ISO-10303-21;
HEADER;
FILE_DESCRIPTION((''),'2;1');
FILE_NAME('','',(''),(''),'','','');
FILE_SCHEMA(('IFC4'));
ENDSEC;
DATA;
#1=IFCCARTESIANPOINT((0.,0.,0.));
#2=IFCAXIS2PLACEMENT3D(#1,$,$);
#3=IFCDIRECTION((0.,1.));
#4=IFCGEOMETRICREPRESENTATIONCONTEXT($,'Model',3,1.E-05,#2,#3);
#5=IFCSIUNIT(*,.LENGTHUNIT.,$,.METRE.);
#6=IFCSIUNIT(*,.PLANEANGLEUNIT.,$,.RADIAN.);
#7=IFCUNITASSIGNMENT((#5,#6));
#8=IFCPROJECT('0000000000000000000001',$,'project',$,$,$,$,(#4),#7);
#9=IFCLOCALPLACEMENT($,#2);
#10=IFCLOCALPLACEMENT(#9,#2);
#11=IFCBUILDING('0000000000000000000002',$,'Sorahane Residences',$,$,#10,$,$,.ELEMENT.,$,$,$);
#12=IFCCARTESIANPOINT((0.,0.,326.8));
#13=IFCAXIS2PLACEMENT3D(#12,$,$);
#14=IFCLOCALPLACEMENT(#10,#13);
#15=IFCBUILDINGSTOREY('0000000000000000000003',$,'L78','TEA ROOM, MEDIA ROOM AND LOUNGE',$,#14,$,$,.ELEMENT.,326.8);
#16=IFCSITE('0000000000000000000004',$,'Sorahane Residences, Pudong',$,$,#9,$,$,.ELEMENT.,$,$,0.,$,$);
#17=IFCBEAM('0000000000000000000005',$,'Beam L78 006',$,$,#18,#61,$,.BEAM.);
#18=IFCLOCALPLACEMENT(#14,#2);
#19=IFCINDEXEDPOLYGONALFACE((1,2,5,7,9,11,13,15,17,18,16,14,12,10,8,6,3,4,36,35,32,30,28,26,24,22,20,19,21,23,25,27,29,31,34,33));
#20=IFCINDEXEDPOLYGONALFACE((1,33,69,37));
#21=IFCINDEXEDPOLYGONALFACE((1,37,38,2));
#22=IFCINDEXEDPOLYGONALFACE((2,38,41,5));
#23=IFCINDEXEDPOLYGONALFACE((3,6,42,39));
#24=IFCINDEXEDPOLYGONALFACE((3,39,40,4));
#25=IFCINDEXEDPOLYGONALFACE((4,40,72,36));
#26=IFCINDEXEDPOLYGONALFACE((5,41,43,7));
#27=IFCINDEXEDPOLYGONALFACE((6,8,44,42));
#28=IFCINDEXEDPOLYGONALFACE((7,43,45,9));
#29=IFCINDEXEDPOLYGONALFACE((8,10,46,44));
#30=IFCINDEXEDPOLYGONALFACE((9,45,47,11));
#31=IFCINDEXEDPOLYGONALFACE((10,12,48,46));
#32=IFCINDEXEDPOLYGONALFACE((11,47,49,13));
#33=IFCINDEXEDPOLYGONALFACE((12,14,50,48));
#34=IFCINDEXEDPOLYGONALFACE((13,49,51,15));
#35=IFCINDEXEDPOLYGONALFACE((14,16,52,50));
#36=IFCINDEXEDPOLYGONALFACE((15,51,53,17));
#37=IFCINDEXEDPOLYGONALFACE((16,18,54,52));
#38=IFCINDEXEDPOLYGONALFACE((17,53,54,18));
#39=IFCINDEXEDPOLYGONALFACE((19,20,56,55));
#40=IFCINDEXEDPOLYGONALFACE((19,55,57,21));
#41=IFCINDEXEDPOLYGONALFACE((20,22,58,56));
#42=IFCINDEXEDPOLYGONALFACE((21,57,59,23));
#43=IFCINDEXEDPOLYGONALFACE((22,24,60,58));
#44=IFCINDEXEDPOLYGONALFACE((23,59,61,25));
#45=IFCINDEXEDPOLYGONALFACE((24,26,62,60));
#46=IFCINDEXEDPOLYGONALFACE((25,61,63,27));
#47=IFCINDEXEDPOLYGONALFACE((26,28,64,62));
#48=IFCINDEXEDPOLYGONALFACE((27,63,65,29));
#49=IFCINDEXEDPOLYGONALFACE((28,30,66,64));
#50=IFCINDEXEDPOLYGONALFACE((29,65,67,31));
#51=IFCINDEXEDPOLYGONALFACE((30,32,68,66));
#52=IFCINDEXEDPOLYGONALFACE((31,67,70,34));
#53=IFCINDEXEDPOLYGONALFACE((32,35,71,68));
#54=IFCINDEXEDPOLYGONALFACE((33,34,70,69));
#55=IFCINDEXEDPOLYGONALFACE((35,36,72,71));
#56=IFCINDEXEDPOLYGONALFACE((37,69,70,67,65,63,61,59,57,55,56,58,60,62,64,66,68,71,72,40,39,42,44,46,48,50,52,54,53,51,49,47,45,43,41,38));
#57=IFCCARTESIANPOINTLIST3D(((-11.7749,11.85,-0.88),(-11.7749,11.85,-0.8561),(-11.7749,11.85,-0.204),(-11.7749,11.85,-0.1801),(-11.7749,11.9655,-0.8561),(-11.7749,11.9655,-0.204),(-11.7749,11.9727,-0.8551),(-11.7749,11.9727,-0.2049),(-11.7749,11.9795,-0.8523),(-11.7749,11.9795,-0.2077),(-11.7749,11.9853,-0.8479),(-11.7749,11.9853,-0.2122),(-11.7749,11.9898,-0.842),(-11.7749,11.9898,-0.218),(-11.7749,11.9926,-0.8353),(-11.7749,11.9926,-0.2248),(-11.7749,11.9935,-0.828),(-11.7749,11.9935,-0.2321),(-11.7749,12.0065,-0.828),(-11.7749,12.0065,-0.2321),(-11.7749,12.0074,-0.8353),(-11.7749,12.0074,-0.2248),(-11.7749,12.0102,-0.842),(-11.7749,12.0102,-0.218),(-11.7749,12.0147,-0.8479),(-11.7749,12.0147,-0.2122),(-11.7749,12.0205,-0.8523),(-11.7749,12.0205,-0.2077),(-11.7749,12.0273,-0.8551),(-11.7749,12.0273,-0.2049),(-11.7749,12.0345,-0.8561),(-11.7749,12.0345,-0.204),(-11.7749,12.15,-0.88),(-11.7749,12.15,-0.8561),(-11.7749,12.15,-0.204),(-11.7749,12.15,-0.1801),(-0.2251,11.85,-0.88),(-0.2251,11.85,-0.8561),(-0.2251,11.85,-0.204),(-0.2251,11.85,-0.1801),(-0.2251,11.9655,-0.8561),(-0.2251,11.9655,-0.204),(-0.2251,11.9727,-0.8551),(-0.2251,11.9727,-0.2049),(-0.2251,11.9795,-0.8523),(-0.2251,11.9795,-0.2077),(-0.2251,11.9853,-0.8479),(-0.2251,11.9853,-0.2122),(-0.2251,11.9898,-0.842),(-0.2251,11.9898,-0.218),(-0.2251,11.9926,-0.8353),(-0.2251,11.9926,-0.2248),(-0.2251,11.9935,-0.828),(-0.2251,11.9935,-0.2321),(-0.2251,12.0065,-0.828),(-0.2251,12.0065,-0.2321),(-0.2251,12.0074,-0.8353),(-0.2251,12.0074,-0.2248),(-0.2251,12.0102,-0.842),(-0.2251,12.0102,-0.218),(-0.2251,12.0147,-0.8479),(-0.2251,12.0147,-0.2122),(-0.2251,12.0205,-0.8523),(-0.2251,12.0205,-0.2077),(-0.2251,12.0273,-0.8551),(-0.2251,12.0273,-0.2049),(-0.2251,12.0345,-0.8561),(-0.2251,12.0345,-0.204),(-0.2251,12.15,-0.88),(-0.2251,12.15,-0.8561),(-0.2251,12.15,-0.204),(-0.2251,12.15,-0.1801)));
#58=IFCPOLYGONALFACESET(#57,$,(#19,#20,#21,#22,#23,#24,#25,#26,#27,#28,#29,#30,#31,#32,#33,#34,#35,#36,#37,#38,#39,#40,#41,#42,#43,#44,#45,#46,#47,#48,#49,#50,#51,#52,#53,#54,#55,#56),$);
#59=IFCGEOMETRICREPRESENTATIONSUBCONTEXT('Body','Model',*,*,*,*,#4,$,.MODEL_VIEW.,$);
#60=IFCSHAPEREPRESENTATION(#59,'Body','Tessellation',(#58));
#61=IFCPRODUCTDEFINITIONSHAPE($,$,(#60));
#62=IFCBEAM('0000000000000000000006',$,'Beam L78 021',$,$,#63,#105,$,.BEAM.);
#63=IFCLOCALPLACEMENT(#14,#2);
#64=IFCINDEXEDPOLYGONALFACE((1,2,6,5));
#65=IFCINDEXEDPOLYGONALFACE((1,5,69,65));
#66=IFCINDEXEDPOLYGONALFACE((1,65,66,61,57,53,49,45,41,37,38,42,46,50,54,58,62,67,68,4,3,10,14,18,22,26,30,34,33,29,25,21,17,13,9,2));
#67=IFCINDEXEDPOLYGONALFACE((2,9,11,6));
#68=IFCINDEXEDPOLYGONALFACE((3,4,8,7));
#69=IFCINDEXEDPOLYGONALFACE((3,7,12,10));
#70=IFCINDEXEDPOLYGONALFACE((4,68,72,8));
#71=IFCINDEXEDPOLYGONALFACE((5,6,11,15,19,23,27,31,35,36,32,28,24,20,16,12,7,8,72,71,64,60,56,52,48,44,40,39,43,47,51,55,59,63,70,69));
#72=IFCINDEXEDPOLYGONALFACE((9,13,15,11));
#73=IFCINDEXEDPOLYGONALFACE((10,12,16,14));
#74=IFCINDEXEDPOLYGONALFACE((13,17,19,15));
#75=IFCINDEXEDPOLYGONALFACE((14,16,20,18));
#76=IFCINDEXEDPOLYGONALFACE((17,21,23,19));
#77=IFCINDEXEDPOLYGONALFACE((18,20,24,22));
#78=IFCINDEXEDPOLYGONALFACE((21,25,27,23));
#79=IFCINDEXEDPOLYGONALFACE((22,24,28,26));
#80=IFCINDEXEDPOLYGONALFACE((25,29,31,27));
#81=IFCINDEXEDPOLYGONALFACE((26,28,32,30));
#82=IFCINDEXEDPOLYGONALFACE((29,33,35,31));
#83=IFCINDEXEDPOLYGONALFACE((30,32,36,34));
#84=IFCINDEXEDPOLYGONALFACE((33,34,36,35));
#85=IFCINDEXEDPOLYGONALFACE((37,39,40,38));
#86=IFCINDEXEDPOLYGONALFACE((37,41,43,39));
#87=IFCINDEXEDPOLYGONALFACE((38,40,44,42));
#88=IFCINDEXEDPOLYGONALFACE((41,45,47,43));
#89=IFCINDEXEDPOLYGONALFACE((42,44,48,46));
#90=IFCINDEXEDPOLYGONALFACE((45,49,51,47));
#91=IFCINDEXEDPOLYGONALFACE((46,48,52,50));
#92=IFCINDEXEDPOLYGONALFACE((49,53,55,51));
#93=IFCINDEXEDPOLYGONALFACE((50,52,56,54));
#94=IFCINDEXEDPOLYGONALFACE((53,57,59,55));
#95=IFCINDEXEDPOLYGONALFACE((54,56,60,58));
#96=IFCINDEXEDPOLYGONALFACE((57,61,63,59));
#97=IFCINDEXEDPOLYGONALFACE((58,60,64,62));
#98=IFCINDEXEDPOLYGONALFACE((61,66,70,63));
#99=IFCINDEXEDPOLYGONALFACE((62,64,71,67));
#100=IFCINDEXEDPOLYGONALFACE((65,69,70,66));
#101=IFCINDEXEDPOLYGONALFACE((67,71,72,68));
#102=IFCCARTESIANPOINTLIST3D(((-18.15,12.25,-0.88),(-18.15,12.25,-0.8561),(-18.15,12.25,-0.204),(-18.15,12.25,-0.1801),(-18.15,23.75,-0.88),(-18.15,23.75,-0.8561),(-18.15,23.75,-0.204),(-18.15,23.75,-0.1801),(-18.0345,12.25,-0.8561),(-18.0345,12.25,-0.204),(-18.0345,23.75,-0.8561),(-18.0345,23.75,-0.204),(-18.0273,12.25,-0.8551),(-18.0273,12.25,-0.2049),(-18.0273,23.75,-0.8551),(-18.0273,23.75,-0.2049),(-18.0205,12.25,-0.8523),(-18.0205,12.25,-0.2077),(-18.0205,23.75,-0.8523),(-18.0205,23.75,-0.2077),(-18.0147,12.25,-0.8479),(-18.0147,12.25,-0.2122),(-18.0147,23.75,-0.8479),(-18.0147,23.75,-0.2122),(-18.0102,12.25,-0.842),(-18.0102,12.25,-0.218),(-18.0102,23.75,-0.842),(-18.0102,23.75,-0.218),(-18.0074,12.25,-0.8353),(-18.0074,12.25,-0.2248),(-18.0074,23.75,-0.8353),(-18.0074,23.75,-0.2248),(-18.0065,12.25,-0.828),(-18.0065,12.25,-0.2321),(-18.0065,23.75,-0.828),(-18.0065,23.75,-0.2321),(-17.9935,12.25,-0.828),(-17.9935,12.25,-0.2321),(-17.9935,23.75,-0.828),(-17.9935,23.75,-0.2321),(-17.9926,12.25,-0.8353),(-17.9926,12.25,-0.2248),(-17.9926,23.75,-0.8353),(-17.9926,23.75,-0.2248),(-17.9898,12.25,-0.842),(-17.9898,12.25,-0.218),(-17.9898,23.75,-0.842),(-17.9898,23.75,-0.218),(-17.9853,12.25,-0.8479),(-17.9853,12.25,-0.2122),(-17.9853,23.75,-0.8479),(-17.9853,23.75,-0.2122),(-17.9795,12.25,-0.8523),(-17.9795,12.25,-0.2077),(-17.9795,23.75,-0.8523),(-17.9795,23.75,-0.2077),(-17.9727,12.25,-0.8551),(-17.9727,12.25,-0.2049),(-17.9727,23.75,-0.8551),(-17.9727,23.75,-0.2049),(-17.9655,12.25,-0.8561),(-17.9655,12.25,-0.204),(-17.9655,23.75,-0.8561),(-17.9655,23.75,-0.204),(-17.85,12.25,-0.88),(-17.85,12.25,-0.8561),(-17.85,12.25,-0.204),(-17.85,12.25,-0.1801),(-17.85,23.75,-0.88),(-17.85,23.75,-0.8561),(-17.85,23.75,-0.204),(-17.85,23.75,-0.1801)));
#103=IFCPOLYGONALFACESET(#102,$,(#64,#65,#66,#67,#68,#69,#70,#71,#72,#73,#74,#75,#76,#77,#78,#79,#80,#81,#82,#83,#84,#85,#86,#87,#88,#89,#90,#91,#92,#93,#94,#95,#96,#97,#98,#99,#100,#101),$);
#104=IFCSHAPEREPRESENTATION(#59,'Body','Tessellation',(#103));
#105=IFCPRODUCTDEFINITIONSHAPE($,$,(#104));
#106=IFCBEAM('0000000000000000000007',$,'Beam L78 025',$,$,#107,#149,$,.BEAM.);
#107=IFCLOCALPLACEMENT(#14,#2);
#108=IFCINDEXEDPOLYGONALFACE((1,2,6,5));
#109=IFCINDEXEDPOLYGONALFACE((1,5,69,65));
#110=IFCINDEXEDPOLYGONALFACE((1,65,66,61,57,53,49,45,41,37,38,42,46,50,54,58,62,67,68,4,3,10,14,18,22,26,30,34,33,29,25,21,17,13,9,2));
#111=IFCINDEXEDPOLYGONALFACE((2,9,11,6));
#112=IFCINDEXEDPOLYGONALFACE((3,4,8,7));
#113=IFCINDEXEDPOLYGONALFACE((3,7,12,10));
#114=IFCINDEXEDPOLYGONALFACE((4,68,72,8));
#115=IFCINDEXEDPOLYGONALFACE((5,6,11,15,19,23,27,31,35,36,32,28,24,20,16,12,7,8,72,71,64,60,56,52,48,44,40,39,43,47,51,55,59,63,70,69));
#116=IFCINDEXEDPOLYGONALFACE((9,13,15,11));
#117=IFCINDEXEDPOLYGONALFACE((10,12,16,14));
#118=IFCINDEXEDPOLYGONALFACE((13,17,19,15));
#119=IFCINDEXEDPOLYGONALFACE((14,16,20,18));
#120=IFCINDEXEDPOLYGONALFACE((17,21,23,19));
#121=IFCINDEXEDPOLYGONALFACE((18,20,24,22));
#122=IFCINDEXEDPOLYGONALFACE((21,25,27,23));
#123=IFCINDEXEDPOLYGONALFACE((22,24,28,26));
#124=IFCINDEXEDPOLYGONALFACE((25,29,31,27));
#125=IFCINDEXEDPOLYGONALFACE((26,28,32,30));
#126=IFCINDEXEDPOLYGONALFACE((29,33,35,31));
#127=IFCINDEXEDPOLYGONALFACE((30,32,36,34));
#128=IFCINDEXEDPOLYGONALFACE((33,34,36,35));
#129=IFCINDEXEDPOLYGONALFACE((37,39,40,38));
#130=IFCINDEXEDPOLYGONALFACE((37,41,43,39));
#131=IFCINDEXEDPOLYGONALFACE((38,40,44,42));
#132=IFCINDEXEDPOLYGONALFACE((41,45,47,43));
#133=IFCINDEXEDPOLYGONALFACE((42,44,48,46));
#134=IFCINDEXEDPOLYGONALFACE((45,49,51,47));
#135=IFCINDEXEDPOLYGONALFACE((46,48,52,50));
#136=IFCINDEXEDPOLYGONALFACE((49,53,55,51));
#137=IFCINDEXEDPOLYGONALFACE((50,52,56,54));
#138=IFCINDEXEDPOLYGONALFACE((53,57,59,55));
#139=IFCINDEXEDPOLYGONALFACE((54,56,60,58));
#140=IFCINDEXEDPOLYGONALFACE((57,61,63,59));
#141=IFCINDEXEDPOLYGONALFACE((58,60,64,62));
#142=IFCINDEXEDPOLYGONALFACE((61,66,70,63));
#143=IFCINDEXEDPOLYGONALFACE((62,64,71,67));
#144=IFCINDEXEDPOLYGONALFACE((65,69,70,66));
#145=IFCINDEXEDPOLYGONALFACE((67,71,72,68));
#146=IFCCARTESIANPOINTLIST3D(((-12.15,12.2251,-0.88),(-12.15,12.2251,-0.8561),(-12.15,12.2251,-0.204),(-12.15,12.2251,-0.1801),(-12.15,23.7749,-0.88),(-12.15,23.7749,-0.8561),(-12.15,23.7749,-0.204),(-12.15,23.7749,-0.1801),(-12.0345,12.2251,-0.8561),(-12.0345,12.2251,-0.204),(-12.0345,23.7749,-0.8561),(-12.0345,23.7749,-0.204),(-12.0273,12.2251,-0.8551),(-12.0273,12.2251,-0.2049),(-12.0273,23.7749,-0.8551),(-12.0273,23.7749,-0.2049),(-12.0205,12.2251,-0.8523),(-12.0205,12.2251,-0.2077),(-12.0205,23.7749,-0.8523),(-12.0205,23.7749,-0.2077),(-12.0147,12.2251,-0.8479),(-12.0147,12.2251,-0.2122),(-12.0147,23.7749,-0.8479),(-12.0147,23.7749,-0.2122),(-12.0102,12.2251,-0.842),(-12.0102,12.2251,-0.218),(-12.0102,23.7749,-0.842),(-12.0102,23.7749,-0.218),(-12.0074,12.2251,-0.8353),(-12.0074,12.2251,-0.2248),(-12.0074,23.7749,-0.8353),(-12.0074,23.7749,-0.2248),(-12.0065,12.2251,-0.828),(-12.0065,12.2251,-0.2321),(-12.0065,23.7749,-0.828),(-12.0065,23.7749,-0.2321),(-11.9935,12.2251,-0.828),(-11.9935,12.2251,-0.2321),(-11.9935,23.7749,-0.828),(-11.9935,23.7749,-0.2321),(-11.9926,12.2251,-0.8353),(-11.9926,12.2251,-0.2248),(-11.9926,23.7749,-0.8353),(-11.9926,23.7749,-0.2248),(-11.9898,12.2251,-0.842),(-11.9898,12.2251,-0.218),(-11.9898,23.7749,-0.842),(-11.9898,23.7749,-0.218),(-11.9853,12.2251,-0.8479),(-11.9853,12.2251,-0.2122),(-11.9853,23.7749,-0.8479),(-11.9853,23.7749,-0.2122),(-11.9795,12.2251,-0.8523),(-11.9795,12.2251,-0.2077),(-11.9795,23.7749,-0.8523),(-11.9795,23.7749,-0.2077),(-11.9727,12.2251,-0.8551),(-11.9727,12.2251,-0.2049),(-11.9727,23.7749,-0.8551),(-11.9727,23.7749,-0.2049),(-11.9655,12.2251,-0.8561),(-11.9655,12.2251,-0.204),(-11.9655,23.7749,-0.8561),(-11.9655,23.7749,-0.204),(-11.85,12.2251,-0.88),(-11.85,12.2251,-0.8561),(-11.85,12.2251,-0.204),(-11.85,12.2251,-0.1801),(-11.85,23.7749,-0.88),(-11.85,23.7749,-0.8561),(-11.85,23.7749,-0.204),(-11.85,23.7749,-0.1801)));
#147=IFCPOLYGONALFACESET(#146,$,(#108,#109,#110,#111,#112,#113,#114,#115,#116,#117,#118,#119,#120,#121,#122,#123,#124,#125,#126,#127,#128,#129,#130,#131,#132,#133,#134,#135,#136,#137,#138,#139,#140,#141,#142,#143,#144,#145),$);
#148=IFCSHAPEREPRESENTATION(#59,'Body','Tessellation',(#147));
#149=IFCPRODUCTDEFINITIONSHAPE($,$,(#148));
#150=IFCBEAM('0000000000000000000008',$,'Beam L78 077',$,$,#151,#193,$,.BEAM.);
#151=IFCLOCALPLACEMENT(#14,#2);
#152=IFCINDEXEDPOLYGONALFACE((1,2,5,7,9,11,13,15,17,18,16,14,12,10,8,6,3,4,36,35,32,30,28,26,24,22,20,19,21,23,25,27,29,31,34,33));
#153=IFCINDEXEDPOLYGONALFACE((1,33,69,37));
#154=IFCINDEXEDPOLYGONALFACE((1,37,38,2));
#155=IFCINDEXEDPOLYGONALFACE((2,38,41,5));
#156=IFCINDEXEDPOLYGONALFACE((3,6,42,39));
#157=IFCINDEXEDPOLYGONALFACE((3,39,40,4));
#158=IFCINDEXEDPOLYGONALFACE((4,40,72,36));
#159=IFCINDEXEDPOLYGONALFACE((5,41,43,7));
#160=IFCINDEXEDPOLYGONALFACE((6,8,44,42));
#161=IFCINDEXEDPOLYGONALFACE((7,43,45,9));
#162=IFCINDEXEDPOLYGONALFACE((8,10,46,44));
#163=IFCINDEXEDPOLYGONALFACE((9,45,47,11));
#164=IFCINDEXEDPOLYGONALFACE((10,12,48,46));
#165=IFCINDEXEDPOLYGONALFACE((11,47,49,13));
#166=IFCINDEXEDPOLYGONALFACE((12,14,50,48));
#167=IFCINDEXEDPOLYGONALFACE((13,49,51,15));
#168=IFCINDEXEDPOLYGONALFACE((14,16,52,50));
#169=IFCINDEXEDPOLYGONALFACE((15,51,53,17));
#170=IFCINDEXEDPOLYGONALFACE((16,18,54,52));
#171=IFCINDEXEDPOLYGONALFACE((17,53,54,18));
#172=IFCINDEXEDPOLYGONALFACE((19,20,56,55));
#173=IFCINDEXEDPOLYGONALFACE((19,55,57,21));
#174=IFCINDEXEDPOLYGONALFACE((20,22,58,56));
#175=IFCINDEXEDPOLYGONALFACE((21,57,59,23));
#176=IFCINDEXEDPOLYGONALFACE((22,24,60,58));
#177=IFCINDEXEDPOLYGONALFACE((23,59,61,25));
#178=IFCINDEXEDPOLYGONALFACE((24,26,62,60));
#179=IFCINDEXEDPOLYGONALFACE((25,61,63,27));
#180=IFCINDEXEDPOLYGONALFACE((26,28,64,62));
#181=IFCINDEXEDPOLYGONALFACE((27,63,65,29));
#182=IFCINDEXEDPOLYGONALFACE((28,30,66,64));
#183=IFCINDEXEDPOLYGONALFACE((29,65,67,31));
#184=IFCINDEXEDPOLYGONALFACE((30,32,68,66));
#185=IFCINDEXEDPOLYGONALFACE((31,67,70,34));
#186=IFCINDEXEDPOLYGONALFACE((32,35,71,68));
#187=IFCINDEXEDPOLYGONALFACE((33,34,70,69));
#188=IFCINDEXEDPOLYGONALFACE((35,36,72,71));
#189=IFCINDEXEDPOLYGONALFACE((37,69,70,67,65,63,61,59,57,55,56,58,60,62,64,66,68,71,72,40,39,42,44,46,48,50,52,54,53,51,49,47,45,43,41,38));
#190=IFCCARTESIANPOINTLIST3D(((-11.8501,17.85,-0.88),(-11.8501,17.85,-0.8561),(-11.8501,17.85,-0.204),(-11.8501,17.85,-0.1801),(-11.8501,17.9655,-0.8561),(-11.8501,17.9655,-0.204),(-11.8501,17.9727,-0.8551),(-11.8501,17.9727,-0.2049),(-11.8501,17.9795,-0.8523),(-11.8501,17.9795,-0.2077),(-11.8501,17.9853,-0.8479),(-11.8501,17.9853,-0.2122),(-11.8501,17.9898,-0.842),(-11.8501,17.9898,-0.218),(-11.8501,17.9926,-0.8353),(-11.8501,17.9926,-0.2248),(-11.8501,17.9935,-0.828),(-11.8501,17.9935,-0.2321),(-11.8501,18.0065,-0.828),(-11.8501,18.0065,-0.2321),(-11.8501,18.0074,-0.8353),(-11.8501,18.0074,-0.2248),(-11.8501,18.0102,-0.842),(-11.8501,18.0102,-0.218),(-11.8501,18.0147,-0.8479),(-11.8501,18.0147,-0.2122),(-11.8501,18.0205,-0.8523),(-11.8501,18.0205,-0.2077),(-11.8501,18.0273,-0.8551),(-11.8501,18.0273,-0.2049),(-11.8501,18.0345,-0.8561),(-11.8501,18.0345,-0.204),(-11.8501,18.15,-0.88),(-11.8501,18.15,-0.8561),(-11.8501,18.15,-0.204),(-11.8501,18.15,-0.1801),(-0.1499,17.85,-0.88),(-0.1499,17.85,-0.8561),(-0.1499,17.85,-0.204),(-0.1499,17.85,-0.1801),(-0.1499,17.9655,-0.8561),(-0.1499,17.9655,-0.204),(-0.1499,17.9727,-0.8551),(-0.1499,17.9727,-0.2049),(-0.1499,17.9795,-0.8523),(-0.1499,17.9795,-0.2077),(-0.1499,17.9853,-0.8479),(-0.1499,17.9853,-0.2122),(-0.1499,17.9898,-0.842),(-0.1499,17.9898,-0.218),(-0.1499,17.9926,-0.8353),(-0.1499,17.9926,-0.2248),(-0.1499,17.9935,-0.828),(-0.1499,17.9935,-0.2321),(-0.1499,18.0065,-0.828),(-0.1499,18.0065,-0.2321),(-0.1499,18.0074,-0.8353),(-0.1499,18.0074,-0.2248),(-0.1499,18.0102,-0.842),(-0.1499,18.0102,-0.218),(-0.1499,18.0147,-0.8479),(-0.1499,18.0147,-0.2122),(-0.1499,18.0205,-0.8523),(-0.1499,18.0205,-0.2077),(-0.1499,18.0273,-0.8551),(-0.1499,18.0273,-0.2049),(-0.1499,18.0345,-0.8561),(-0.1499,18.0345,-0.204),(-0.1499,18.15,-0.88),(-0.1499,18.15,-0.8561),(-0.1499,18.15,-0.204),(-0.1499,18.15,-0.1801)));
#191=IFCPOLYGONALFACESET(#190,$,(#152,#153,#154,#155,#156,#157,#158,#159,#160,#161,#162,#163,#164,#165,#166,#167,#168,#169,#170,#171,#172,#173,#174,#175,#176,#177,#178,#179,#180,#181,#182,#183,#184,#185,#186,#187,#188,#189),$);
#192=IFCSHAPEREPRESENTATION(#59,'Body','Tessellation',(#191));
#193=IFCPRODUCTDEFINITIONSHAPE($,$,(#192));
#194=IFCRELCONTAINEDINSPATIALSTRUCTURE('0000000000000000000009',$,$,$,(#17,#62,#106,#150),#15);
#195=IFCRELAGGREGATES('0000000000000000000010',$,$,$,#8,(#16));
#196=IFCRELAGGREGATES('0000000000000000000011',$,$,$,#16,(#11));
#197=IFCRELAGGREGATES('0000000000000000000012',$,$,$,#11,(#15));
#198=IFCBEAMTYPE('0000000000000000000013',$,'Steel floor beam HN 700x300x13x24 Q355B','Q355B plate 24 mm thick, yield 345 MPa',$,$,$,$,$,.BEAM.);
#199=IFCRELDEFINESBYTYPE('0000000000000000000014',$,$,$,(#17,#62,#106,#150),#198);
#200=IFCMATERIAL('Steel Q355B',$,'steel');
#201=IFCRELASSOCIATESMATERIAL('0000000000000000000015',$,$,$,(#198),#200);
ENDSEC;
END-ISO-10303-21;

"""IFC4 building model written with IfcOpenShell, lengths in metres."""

from ifc_helpers import new_model, si_unit, direction, frame, origin, origin_2d, place, context, subcontext, project, spatial, i_section, extrude, material, material_profile, profile_set, type_object, element, save


model = new_model("IFC4")

# Units and contexts
model_context = context("Model", 3, precision=1e-05, world=origin(), true_north=direction((0.0, 1.0)))
body_context = subcontext(model_context, "Body", "Model", "MODEL_VIEW")
ifc_project = project(units=[si_unit("LENGTHUNIT", "METRE"), si_unit("PLANEANGLEUNIT", "RADIAN")], contexts=[model_context])

# Site, building, storey
site_placement = place(None, origin())
site = spatial("IfcSite", under=ifc_project, at=site_placement, Name="Sorahane Residences, Pudong", CompositionType="ELEMENT", RefElevation=0.0)
building_placement = place(site_placement, origin())
building = spatial("IfcBuilding", under=site, at=building_placement, Name="Sorahane Residences", CompositionType="ELEMENT")
storey_placement = place(building_placement, frame((0.0, 0.0, 326.8)))
storey = spatial("IfcBuildingStorey", under=building, at=storey_placement, Name="L78", Description="TEA ROOM, MEDIA ROOM AND LOUNGE", CompositionType="ELEMENT", Elevation=326.8)

# Beams
ifc_material_1 = material(Name="Steel Q355B", Category="steel")
ifc_material_profile_1 = material_profile(ifc_material_1, i_section(OverallWidth=0.3, OverallDepth=0.7, WebThickness=0.0129, FlangeThickness=0.0239, FilletRadius=0.0281, at=origin_2d()), Name="HN 700x300x13x24")
ifc_profile_set_1 = profile_set([ifc_material_profile_1], Name="Steel Q355B")
beam_type_1 = type_object("IfcBeamType", Name="Steel floor beam HN 700x300x13x24 Q355B", Description="Q355B plate 24 mm thick, yield 345 MPa", PredefinedType="BEAM", material=ifc_profile_set_1)
beam_1_placement = place(storey_placement, frame((-11.7749, 12.0, -0.53), z_axis=(1.0, 0.0, 0.0), x_axis=(0.0, 1.0, 0.0)))
element("IfcBeam", 1, at=beam_1_placement, inside=storey, type_object=beam_type_1, Name="Beam L78 006", PredefinedType="BEAM", context=body_context, shape_type="SweptSolid", body=[
    extrude(i_section(OverallWidth=0.3, OverallDepth=0.7, WebThickness=0.0129, FlangeThickness=0.0239, FilletRadius=0.0281, at=origin_2d()), origin(), (0.0, 0.0, 1.0), 11.5498),
])
beam_2_placement = place(storey_placement, frame((-18.0, 12.25, -0.53), z_axis=(0.0, 1.0, 0.0), x_axis=(-1.0, 0.0, 0.0)))
element("IfcBeam", 2, at=beam_2_placement, inside=storey, type_object=beam_type_1, Name="Beam L78 021", PredefinedType="BEAM", context=body_context, shape_type="SweptSolid", body=[
    extrude(i_section(OverallWidth=0.3, OverallDepth=0.7, WebThickness=0.0129, FlangeThickness=0.0239, FilletRadius=0.0281, at=origin_2d()), origin(), (0.0, 0.0, 1.0), 11.5),
])
beam_3_placement = place(storey_placement, frame((-12.0, 12.2251, -0.53), z_axis=(0.0, 1.0, 0.0), x_axis=(-1.0, 0.0, 0.0)))
element("IfcBeam", 3, at=beam_3_placement, inside=storey, type_object=beam_type_1, Name="Beam L78 025", PredefinedType="BEAM", context=body_context, shape_type="SweptSolid", body=[
    extrude(i_section(OverallWidth=0.3, OverallDepth=0.7, WebThickness=0.0129, FlangeThickness=0.0239, FilletRadius=0.0281, at=origin_2d()), origin(), (0.0, 0.0, 1.0), 11.5498),
])
beam_4_placement = place(storey_placement, frame((-11.8501, 18.0, -0.53), z_axis=(1.0, 0.0, 0.0), x_axis=(0.0, 1.0, 0.0)))
element("IfcBeam", 4, at=beam_4_placement, inside=storey, type_object=beam_type_1, Name="Beam L78 077", PredefinedType="BEAM", context=body_context, shape_type="SweptSolid", body=[
    extrude(i_section(OverallWidth=0.3, OverallDepth=0.7, WebThickness=0.0129, FlangeThickness=0.0239, FilletRadius=0.0281, at=origin_2d()), origin(), (0.0, 0.0, 1.0), 11.7002),
])

save(model, "model.ifc")
